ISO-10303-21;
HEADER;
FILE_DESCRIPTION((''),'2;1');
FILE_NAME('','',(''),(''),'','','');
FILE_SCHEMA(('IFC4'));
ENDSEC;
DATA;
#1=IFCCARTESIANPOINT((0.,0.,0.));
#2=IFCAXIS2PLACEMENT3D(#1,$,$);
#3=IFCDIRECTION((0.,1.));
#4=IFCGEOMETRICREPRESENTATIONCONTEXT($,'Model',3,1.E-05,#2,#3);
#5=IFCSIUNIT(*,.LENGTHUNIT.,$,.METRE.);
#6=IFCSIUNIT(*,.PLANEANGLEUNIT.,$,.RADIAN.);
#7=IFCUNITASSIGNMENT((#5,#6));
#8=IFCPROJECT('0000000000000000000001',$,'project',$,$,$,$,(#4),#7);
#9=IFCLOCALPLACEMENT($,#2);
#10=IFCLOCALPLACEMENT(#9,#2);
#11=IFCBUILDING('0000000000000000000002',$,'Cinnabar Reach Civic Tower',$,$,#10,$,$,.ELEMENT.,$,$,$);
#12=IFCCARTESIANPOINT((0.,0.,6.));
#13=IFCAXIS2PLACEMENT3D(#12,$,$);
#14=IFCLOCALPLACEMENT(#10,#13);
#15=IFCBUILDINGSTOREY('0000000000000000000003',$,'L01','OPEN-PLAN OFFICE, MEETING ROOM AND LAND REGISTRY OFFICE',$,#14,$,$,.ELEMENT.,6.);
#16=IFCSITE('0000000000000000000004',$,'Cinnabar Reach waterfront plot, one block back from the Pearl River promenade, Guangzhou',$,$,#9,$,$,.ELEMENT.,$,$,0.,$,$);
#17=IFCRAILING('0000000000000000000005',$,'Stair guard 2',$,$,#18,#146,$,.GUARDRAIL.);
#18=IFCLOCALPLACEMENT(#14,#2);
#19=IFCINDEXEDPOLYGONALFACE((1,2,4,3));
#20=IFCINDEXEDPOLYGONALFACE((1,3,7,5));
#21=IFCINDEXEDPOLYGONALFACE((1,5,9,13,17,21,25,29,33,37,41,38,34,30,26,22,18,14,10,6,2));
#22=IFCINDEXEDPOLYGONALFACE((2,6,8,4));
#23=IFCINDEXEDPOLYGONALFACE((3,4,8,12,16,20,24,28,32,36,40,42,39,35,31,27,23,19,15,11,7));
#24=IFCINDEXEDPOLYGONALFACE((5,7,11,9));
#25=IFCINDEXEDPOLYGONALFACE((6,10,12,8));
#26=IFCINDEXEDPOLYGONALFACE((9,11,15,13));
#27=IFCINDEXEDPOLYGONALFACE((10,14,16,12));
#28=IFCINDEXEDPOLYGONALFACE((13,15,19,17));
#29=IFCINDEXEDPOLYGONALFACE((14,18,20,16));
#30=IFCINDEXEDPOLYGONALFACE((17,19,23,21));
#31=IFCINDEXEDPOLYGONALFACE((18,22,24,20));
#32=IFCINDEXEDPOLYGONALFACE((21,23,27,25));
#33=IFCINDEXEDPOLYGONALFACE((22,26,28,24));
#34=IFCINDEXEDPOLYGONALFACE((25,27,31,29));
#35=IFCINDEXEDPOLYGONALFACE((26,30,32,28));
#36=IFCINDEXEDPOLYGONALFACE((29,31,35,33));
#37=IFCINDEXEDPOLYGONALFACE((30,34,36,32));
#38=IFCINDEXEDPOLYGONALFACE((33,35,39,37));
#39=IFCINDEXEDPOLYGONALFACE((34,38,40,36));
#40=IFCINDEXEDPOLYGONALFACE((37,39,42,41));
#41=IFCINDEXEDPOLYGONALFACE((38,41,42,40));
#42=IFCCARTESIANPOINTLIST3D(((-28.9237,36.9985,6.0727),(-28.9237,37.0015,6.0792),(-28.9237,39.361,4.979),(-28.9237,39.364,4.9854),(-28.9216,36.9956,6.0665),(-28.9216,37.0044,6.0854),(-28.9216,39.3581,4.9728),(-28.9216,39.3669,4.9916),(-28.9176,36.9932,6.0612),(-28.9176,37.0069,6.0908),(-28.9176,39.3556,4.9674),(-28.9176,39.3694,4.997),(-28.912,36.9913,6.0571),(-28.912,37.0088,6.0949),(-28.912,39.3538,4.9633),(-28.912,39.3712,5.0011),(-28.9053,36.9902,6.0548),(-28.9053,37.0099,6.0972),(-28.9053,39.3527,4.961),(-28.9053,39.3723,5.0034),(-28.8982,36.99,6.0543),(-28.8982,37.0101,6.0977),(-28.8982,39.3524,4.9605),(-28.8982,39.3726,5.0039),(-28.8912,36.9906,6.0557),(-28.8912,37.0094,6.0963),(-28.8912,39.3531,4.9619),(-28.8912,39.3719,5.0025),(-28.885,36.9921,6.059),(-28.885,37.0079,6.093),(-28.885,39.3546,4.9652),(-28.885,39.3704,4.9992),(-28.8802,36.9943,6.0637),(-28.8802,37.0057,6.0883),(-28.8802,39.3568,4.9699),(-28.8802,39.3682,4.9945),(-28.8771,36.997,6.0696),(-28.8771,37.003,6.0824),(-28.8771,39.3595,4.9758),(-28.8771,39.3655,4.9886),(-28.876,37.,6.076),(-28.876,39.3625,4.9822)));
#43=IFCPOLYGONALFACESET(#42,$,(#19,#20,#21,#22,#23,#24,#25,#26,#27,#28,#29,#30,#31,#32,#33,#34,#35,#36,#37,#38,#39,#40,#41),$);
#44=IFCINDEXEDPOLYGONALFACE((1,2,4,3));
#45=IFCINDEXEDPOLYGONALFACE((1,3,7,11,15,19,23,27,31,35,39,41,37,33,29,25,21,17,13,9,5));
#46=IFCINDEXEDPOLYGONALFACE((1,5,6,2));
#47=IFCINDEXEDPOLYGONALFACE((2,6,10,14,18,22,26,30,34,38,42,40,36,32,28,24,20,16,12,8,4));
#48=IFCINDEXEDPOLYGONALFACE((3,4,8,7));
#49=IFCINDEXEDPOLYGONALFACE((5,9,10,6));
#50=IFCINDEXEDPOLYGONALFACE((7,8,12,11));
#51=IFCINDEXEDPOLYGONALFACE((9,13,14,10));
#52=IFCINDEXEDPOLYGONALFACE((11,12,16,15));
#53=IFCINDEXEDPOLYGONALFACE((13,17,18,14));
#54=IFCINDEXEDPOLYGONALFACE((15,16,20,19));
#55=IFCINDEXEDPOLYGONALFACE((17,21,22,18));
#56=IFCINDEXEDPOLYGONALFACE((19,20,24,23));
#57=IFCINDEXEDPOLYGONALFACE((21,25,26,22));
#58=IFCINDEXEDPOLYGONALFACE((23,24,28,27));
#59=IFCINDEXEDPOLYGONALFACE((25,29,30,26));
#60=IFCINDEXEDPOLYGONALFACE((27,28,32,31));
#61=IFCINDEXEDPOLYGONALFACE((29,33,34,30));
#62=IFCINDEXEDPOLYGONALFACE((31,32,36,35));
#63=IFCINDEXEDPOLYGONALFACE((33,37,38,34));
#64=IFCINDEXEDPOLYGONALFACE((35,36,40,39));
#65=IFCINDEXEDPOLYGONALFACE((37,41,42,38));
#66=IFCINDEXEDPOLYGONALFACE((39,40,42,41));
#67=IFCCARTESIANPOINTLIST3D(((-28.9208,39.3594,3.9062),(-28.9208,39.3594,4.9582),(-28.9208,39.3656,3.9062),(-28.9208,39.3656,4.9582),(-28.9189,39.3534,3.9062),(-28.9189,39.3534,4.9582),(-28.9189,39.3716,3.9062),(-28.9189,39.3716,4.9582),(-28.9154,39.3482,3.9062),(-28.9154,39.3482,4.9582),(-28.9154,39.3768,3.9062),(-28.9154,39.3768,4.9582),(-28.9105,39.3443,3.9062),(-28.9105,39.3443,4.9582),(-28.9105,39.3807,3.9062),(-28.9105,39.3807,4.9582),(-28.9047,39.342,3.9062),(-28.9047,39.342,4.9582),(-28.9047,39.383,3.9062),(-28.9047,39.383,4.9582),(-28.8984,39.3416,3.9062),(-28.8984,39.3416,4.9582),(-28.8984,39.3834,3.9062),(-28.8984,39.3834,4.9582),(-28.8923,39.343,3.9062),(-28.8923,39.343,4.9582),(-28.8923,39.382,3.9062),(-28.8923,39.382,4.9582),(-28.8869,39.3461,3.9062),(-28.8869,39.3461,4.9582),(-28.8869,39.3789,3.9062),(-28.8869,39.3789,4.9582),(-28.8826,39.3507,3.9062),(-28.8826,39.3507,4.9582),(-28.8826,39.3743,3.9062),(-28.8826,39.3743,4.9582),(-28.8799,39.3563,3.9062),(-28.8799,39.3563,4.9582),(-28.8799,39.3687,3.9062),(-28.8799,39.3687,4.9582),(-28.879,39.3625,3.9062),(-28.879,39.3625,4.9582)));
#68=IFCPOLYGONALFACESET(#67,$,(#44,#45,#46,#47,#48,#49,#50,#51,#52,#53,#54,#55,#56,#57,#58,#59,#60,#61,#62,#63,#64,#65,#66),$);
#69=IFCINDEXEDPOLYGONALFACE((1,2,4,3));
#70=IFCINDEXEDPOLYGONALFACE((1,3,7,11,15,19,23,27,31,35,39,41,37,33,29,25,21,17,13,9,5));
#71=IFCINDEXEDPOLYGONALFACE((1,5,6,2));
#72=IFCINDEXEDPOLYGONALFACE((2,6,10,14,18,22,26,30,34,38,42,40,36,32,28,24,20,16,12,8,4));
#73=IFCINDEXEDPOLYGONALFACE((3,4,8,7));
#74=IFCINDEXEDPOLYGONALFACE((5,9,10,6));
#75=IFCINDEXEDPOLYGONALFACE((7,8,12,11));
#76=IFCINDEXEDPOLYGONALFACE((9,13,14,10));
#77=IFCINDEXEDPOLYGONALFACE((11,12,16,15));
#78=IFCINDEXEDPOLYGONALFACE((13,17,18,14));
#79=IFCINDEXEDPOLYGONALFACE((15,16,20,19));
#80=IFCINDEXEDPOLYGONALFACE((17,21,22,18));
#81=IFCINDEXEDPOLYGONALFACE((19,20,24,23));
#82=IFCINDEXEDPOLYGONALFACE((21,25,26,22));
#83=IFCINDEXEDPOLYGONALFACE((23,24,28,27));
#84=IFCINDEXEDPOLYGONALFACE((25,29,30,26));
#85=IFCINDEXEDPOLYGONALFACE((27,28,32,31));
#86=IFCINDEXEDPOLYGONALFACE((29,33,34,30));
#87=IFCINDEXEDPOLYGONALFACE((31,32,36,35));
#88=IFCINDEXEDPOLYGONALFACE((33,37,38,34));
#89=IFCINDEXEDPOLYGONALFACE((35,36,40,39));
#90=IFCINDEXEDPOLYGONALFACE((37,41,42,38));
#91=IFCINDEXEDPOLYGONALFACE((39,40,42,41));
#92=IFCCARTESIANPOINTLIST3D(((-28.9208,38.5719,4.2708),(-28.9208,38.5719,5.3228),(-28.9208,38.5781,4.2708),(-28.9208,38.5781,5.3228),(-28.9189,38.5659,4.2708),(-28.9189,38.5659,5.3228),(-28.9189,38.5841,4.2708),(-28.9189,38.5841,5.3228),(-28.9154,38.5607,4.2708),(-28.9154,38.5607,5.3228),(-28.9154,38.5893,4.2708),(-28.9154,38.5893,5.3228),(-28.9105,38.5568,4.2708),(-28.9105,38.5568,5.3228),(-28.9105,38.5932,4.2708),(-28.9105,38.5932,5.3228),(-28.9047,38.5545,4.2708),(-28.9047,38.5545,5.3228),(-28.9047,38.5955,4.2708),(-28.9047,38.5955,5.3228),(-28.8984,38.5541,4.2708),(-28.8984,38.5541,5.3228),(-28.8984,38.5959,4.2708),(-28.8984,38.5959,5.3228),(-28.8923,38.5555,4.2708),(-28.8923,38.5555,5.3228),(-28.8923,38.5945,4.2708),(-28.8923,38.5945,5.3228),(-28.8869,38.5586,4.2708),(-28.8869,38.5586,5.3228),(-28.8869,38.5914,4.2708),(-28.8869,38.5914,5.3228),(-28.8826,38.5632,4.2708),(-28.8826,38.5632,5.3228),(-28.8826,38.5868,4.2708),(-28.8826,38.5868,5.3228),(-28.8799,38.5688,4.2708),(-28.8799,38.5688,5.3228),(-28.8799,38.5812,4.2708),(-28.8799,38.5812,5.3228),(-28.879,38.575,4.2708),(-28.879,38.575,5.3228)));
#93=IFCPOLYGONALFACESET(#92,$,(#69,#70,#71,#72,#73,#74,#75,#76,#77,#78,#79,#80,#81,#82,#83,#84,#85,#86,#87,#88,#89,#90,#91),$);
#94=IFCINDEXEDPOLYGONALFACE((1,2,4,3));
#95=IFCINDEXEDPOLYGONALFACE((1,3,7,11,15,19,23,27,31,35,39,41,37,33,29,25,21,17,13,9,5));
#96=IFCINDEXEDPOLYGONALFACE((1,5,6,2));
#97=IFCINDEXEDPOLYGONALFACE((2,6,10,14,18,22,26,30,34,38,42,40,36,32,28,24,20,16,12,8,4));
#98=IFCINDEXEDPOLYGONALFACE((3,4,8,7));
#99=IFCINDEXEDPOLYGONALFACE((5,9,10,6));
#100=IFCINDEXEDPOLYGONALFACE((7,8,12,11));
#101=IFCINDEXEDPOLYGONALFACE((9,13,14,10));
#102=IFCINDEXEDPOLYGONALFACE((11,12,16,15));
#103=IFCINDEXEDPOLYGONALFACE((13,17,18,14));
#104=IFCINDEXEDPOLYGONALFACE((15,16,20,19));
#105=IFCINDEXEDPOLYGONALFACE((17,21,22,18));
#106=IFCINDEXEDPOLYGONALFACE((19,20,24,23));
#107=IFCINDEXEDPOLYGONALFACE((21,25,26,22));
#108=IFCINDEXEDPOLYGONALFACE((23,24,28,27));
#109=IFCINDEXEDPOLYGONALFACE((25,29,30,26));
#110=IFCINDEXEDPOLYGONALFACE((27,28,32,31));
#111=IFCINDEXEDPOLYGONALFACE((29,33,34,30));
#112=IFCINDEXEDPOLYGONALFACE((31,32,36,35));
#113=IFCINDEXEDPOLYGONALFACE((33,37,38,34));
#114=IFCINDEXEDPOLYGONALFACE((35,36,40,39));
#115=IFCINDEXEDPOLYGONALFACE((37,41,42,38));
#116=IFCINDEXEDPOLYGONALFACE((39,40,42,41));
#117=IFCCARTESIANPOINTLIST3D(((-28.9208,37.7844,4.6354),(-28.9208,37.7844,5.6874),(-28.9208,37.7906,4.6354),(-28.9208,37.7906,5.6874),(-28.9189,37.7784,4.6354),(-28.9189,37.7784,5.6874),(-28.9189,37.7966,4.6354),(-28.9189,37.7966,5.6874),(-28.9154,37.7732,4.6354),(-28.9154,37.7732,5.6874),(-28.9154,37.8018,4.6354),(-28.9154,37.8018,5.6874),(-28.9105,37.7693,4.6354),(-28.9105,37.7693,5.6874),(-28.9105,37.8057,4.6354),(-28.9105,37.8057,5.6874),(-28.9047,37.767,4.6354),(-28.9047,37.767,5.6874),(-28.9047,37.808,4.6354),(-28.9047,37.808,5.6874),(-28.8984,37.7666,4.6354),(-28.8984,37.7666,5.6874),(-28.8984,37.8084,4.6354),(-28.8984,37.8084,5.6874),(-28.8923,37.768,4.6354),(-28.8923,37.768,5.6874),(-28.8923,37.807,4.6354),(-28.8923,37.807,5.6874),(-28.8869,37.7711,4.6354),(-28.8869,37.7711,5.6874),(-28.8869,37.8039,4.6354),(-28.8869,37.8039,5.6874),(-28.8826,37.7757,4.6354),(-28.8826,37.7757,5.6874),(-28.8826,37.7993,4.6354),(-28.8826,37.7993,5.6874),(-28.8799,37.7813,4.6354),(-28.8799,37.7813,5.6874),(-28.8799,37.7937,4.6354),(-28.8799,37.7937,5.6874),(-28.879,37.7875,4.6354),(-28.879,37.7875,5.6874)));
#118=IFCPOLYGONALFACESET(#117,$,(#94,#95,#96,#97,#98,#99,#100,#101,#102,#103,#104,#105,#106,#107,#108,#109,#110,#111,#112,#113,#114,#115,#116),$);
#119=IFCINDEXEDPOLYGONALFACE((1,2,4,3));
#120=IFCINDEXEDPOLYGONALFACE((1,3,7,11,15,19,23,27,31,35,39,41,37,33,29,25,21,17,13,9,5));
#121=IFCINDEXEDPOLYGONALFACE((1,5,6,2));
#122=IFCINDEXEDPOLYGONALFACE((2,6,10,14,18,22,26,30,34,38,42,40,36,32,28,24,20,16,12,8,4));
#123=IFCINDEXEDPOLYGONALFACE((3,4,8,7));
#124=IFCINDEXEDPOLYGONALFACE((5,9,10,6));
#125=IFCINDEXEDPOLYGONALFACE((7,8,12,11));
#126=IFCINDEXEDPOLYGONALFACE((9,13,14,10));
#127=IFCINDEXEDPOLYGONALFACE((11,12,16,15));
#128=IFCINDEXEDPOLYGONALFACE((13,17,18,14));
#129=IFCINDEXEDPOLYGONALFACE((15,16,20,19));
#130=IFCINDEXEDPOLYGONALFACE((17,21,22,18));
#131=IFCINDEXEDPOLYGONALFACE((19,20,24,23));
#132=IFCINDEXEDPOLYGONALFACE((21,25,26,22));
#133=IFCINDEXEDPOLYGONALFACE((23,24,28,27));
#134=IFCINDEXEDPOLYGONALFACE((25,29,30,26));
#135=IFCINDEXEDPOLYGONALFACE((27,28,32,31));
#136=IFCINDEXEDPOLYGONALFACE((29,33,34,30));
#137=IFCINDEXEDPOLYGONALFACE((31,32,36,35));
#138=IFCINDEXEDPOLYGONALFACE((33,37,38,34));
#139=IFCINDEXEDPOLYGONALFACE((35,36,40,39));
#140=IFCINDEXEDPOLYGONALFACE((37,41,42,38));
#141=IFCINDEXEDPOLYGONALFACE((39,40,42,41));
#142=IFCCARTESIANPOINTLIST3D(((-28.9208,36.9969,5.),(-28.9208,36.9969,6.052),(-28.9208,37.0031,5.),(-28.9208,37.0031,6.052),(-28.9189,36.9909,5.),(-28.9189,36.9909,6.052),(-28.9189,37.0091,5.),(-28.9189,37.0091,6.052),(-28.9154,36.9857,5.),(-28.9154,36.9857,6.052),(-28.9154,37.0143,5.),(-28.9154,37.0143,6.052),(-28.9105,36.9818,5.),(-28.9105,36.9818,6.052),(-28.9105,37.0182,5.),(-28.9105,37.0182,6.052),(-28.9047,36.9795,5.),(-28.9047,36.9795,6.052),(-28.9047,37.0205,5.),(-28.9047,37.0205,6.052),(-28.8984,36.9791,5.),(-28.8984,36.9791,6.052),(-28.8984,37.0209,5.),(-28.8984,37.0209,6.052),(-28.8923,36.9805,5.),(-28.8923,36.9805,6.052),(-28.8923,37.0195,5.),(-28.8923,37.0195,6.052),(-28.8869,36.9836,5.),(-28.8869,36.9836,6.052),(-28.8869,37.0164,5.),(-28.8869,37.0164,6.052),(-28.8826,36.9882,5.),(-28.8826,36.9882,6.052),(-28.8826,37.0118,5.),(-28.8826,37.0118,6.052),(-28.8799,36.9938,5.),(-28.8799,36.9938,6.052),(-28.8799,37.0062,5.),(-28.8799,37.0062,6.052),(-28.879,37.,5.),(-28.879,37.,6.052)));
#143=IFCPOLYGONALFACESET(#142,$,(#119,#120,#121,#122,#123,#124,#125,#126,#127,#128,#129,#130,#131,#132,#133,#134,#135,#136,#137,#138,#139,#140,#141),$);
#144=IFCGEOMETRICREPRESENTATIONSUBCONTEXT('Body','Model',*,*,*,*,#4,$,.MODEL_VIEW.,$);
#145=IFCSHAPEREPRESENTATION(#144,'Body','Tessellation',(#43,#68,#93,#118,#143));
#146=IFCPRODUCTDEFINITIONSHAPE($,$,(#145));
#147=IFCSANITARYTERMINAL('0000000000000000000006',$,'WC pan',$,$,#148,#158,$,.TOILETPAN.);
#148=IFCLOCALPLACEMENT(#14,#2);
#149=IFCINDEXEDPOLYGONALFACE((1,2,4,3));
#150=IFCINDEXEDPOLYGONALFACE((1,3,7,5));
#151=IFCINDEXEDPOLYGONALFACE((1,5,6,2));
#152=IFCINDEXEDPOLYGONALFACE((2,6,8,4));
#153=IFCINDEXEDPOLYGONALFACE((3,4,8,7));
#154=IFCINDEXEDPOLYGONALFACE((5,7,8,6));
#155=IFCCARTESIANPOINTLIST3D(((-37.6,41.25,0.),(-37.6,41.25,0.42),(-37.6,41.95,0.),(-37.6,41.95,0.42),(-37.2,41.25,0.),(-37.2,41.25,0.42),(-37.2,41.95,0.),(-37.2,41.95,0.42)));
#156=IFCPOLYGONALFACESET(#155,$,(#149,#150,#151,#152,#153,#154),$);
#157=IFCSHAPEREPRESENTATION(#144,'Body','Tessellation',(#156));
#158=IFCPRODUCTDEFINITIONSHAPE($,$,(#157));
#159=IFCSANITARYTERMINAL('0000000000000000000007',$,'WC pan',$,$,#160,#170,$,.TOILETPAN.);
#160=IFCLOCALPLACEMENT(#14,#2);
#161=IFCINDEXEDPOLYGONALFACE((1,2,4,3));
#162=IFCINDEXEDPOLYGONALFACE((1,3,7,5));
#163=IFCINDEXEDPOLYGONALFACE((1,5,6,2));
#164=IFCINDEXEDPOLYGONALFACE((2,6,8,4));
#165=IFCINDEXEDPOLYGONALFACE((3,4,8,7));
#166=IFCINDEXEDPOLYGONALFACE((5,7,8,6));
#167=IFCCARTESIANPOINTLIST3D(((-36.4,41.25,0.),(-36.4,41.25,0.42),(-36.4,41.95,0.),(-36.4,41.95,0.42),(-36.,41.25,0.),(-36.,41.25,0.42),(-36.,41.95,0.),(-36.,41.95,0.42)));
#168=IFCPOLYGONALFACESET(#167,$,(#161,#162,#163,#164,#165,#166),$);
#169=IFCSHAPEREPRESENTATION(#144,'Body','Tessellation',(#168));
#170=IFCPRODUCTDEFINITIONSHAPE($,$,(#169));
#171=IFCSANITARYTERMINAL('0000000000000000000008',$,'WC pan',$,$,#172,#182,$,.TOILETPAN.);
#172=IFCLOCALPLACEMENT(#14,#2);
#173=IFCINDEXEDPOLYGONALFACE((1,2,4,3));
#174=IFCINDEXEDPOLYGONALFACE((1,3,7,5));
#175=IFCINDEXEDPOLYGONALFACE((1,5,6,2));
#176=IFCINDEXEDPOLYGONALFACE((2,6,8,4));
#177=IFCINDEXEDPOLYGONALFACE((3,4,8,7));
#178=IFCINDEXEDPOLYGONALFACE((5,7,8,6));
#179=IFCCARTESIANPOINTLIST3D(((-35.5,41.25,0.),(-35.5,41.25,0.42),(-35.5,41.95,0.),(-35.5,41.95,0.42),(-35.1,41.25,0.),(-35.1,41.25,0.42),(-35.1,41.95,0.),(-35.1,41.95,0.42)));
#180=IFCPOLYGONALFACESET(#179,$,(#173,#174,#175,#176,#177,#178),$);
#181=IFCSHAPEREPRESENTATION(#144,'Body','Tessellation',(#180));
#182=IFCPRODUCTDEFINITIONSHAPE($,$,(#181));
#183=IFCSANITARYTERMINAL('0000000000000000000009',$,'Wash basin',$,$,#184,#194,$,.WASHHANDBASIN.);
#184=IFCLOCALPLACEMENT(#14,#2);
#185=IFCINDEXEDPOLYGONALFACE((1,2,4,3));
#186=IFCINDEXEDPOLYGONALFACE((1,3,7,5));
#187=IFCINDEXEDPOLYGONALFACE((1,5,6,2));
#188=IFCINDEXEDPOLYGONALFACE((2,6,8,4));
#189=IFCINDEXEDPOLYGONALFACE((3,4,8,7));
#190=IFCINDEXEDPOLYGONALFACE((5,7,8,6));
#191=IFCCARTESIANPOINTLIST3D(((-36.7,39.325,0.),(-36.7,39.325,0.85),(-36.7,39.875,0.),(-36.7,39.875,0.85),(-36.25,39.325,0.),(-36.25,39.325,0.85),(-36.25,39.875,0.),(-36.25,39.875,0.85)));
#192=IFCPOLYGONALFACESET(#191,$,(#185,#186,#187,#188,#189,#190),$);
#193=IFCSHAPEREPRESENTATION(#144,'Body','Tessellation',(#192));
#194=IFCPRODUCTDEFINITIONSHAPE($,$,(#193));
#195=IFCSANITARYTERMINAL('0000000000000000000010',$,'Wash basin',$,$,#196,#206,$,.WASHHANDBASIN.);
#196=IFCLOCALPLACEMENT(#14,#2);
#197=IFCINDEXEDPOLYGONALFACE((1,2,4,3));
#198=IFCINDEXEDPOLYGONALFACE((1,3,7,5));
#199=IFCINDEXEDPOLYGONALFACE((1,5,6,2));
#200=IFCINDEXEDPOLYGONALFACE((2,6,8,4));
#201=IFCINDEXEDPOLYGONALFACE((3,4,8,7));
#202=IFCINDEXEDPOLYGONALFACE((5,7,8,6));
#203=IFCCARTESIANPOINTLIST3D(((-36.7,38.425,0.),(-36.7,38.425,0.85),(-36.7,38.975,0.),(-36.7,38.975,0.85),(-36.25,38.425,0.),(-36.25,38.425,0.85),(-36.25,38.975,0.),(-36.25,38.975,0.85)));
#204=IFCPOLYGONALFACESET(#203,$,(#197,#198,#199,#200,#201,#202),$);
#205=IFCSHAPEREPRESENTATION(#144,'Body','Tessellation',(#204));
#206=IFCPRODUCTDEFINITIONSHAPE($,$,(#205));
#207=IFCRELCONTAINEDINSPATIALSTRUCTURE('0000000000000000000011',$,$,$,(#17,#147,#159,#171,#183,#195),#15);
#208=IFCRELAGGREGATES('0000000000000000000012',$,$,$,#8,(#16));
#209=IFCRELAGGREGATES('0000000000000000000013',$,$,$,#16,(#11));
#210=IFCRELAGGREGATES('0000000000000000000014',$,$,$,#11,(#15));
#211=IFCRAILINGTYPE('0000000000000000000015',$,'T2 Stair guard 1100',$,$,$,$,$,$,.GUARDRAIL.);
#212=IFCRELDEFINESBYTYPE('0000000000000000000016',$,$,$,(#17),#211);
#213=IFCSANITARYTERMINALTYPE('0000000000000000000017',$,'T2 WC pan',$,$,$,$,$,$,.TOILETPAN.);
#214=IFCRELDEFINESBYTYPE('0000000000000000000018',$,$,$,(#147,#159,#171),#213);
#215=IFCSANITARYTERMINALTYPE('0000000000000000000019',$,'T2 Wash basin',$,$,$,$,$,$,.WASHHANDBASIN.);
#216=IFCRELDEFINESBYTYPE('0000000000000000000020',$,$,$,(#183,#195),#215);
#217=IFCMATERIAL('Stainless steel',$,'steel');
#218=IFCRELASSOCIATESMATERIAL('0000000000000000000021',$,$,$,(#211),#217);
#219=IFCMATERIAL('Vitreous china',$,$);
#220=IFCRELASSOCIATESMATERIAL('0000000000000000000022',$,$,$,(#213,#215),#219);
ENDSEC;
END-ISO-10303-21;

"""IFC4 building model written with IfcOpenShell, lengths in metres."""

from ifc_helpers import new_model, si_unit, direction, frame, origin, origin_2d, place, context, subcontext, project, spatial, rectangle, circle, extrude, material, type_object, element, save


model = new_model("IFC4")

# Units and contexts
model_context = context("Model", 3, precision=1e-05, world=origin(), true_north=direction((0.0, 1.0)))
body_context = subcontext(model_context, "Body", "Model", "MODEL_VIEW")
ifc_project = project(units=[si_unit("LENGTHUNIT", "METRE"), si_unit("PLANEANGLEUNIT", "RADIAN")], contexts=[model_context])

# Site, building, storey
site_placement = place(None, origin())
site = spatial("IfcSite", under=ifc_project, at=site_placement, Name="Cinnabar Reach waterfront plot, one block back from the Pearl River promenade, Guangzhou", CompositionType="ELEMENT", RefElevation=0.0)
building_placement = place(site_placement, origin())
building = spatial("IfcBuilding", under=site, at=building_placement, Name="Cinnabar Reach Civic Tower", CompositionType="ELEMENT")
storey_placement = place(building_placement, frame((0.0, 0.0, 6.0)))
storey = spatial("IfcBuildingStorey", under=building, at=storey_placement, Name="L01", Description="OPEN-PLAN OFFICE, MEETING ROOM AND LAND REGISTRY OFFICE", CompositionType="ELEMENT", Elevation=6.0)

# Railing
ifc_material_1 = material(Name="Stainless steel", Category="steel")
railing_type = type_object("IfcRailingType", Name="T2 Stair guard 1100", PredefinedType="GUARDRAIL", material=ifc_material_1)
railing_1_placement = place(storey_placement, frame((-28.9, 39.3625, 3.9062)))
element("IfcRailing", 1, at=railing_1_placement, inside=storey, type_object=railing_type, Name="Stair guard 2", PredefinedType="GUARDRAIL", context=body_context, shape_type="SweptSolid", body=[
    extrude(circle(Radius=0.024, at=origin_2d()), frame((0.0, 0.0, 1.076), z_axis=(0.0, -0.90746, 0.420139), x_axis=(1.0, 0.0, 0.0)), (0.0, 0.0, 1.0), 2.6034),
    extrude(circle(Radius=0.021, at=origin_2d()), origin(), (0.0, 0.0, 1.0), 1.052),
    extrude(circle(Radius=0.021, at=origin_2d()), frame((0.0, -0.7875, 0.3646)), (0.0, 0.0, 1.0), 1.052),
    extrude(circle(Radius=0.021, at=origin_2d()), frame((0.0, -1.575, 0.7292)), (0.0, 0.0, 1.0), 1.052),
    extrude(circle(Radius=0.021, at=origin_2d()), frame((0.0, -2.3625, 1.0938)), (0.0, 0.0, 1.0), 1.052),
])

# Sanitary terminals
ifc_material_2 = material(Name="Vitreous china")
sanitary_terminal_type_1 = type_object("IfcSanitaryTerminalType", Name="T2 WC pan", PredefinedType="TOILETPAN", material=ifc_material_2)
for number, where, z_axis, x_axis, name in (
    (2, (-37.4, 41.6, 0.0), (0.0, 0.0, 1.0), (1.0, 0.0, 0.0), "WC pan"),
    (3, (-36.2, 41.6, 0.0), (0.0, 0.0, 1.0), (1.0, 0.0, 0.0), "WC pan"),
    (4, (-35.3, 41.6, 0.0), (0.0, 0.0, 1.0), (1.0, 0.0, 0.0), "WC pan"),
):
    element("IfcSanitaryTerminal", number, at=place(storey_placement, frame(where, z_axis=z_axis, x_axis=x_axis)), inside=storey, type_object=sanitary_terminal_type_1, Name=name, PredefinedType="TOILETPAN", context=body_context, shape_type="SweptSolid", body=[
        extrude(rectangle(XDim=0.4, YDim=0.7, at=origin_2d()), origin(), (0.0, 0.0, 1.0), 0.42),
    ])
sanitary_terminal_type_2 = type_object("IfcSanitaryTerminalType", Name="T2 Wash basin", PredefinedType="WASHHANDBASIN", material=ifc_material_2)
for number, where, z_axis, x_axis, name in (
    (5, (-36.475, 39.6, 0.0), (0.0, 0.0, 1.0), (1.0, 0.0, 0.0), "Wash basin"),
    (6, (-36.475, 38.7, 0.0), (0.0, 0.0, 1.0), (1.0, 0.0, 0.0), "Wash basin"),
):
    element("IfcSanitaryTerminal", number, at=place(storey_placement, frame(where, z_axis=z_axis, x_axis=x_axis)), inside=storey, type_object=sanitary_terminal_type_2, Name=name, PredefinedType="WASHHANDBASIN", context=body_context, shape_type="SweptSolid", body=[
        extrude(rectangle(XDim=0.45, YDim=0.55, at=origin_2d()), origin(), (0.0, 0.0, 1.0), 0.85),
    ])

save(model, "model.ifc")
